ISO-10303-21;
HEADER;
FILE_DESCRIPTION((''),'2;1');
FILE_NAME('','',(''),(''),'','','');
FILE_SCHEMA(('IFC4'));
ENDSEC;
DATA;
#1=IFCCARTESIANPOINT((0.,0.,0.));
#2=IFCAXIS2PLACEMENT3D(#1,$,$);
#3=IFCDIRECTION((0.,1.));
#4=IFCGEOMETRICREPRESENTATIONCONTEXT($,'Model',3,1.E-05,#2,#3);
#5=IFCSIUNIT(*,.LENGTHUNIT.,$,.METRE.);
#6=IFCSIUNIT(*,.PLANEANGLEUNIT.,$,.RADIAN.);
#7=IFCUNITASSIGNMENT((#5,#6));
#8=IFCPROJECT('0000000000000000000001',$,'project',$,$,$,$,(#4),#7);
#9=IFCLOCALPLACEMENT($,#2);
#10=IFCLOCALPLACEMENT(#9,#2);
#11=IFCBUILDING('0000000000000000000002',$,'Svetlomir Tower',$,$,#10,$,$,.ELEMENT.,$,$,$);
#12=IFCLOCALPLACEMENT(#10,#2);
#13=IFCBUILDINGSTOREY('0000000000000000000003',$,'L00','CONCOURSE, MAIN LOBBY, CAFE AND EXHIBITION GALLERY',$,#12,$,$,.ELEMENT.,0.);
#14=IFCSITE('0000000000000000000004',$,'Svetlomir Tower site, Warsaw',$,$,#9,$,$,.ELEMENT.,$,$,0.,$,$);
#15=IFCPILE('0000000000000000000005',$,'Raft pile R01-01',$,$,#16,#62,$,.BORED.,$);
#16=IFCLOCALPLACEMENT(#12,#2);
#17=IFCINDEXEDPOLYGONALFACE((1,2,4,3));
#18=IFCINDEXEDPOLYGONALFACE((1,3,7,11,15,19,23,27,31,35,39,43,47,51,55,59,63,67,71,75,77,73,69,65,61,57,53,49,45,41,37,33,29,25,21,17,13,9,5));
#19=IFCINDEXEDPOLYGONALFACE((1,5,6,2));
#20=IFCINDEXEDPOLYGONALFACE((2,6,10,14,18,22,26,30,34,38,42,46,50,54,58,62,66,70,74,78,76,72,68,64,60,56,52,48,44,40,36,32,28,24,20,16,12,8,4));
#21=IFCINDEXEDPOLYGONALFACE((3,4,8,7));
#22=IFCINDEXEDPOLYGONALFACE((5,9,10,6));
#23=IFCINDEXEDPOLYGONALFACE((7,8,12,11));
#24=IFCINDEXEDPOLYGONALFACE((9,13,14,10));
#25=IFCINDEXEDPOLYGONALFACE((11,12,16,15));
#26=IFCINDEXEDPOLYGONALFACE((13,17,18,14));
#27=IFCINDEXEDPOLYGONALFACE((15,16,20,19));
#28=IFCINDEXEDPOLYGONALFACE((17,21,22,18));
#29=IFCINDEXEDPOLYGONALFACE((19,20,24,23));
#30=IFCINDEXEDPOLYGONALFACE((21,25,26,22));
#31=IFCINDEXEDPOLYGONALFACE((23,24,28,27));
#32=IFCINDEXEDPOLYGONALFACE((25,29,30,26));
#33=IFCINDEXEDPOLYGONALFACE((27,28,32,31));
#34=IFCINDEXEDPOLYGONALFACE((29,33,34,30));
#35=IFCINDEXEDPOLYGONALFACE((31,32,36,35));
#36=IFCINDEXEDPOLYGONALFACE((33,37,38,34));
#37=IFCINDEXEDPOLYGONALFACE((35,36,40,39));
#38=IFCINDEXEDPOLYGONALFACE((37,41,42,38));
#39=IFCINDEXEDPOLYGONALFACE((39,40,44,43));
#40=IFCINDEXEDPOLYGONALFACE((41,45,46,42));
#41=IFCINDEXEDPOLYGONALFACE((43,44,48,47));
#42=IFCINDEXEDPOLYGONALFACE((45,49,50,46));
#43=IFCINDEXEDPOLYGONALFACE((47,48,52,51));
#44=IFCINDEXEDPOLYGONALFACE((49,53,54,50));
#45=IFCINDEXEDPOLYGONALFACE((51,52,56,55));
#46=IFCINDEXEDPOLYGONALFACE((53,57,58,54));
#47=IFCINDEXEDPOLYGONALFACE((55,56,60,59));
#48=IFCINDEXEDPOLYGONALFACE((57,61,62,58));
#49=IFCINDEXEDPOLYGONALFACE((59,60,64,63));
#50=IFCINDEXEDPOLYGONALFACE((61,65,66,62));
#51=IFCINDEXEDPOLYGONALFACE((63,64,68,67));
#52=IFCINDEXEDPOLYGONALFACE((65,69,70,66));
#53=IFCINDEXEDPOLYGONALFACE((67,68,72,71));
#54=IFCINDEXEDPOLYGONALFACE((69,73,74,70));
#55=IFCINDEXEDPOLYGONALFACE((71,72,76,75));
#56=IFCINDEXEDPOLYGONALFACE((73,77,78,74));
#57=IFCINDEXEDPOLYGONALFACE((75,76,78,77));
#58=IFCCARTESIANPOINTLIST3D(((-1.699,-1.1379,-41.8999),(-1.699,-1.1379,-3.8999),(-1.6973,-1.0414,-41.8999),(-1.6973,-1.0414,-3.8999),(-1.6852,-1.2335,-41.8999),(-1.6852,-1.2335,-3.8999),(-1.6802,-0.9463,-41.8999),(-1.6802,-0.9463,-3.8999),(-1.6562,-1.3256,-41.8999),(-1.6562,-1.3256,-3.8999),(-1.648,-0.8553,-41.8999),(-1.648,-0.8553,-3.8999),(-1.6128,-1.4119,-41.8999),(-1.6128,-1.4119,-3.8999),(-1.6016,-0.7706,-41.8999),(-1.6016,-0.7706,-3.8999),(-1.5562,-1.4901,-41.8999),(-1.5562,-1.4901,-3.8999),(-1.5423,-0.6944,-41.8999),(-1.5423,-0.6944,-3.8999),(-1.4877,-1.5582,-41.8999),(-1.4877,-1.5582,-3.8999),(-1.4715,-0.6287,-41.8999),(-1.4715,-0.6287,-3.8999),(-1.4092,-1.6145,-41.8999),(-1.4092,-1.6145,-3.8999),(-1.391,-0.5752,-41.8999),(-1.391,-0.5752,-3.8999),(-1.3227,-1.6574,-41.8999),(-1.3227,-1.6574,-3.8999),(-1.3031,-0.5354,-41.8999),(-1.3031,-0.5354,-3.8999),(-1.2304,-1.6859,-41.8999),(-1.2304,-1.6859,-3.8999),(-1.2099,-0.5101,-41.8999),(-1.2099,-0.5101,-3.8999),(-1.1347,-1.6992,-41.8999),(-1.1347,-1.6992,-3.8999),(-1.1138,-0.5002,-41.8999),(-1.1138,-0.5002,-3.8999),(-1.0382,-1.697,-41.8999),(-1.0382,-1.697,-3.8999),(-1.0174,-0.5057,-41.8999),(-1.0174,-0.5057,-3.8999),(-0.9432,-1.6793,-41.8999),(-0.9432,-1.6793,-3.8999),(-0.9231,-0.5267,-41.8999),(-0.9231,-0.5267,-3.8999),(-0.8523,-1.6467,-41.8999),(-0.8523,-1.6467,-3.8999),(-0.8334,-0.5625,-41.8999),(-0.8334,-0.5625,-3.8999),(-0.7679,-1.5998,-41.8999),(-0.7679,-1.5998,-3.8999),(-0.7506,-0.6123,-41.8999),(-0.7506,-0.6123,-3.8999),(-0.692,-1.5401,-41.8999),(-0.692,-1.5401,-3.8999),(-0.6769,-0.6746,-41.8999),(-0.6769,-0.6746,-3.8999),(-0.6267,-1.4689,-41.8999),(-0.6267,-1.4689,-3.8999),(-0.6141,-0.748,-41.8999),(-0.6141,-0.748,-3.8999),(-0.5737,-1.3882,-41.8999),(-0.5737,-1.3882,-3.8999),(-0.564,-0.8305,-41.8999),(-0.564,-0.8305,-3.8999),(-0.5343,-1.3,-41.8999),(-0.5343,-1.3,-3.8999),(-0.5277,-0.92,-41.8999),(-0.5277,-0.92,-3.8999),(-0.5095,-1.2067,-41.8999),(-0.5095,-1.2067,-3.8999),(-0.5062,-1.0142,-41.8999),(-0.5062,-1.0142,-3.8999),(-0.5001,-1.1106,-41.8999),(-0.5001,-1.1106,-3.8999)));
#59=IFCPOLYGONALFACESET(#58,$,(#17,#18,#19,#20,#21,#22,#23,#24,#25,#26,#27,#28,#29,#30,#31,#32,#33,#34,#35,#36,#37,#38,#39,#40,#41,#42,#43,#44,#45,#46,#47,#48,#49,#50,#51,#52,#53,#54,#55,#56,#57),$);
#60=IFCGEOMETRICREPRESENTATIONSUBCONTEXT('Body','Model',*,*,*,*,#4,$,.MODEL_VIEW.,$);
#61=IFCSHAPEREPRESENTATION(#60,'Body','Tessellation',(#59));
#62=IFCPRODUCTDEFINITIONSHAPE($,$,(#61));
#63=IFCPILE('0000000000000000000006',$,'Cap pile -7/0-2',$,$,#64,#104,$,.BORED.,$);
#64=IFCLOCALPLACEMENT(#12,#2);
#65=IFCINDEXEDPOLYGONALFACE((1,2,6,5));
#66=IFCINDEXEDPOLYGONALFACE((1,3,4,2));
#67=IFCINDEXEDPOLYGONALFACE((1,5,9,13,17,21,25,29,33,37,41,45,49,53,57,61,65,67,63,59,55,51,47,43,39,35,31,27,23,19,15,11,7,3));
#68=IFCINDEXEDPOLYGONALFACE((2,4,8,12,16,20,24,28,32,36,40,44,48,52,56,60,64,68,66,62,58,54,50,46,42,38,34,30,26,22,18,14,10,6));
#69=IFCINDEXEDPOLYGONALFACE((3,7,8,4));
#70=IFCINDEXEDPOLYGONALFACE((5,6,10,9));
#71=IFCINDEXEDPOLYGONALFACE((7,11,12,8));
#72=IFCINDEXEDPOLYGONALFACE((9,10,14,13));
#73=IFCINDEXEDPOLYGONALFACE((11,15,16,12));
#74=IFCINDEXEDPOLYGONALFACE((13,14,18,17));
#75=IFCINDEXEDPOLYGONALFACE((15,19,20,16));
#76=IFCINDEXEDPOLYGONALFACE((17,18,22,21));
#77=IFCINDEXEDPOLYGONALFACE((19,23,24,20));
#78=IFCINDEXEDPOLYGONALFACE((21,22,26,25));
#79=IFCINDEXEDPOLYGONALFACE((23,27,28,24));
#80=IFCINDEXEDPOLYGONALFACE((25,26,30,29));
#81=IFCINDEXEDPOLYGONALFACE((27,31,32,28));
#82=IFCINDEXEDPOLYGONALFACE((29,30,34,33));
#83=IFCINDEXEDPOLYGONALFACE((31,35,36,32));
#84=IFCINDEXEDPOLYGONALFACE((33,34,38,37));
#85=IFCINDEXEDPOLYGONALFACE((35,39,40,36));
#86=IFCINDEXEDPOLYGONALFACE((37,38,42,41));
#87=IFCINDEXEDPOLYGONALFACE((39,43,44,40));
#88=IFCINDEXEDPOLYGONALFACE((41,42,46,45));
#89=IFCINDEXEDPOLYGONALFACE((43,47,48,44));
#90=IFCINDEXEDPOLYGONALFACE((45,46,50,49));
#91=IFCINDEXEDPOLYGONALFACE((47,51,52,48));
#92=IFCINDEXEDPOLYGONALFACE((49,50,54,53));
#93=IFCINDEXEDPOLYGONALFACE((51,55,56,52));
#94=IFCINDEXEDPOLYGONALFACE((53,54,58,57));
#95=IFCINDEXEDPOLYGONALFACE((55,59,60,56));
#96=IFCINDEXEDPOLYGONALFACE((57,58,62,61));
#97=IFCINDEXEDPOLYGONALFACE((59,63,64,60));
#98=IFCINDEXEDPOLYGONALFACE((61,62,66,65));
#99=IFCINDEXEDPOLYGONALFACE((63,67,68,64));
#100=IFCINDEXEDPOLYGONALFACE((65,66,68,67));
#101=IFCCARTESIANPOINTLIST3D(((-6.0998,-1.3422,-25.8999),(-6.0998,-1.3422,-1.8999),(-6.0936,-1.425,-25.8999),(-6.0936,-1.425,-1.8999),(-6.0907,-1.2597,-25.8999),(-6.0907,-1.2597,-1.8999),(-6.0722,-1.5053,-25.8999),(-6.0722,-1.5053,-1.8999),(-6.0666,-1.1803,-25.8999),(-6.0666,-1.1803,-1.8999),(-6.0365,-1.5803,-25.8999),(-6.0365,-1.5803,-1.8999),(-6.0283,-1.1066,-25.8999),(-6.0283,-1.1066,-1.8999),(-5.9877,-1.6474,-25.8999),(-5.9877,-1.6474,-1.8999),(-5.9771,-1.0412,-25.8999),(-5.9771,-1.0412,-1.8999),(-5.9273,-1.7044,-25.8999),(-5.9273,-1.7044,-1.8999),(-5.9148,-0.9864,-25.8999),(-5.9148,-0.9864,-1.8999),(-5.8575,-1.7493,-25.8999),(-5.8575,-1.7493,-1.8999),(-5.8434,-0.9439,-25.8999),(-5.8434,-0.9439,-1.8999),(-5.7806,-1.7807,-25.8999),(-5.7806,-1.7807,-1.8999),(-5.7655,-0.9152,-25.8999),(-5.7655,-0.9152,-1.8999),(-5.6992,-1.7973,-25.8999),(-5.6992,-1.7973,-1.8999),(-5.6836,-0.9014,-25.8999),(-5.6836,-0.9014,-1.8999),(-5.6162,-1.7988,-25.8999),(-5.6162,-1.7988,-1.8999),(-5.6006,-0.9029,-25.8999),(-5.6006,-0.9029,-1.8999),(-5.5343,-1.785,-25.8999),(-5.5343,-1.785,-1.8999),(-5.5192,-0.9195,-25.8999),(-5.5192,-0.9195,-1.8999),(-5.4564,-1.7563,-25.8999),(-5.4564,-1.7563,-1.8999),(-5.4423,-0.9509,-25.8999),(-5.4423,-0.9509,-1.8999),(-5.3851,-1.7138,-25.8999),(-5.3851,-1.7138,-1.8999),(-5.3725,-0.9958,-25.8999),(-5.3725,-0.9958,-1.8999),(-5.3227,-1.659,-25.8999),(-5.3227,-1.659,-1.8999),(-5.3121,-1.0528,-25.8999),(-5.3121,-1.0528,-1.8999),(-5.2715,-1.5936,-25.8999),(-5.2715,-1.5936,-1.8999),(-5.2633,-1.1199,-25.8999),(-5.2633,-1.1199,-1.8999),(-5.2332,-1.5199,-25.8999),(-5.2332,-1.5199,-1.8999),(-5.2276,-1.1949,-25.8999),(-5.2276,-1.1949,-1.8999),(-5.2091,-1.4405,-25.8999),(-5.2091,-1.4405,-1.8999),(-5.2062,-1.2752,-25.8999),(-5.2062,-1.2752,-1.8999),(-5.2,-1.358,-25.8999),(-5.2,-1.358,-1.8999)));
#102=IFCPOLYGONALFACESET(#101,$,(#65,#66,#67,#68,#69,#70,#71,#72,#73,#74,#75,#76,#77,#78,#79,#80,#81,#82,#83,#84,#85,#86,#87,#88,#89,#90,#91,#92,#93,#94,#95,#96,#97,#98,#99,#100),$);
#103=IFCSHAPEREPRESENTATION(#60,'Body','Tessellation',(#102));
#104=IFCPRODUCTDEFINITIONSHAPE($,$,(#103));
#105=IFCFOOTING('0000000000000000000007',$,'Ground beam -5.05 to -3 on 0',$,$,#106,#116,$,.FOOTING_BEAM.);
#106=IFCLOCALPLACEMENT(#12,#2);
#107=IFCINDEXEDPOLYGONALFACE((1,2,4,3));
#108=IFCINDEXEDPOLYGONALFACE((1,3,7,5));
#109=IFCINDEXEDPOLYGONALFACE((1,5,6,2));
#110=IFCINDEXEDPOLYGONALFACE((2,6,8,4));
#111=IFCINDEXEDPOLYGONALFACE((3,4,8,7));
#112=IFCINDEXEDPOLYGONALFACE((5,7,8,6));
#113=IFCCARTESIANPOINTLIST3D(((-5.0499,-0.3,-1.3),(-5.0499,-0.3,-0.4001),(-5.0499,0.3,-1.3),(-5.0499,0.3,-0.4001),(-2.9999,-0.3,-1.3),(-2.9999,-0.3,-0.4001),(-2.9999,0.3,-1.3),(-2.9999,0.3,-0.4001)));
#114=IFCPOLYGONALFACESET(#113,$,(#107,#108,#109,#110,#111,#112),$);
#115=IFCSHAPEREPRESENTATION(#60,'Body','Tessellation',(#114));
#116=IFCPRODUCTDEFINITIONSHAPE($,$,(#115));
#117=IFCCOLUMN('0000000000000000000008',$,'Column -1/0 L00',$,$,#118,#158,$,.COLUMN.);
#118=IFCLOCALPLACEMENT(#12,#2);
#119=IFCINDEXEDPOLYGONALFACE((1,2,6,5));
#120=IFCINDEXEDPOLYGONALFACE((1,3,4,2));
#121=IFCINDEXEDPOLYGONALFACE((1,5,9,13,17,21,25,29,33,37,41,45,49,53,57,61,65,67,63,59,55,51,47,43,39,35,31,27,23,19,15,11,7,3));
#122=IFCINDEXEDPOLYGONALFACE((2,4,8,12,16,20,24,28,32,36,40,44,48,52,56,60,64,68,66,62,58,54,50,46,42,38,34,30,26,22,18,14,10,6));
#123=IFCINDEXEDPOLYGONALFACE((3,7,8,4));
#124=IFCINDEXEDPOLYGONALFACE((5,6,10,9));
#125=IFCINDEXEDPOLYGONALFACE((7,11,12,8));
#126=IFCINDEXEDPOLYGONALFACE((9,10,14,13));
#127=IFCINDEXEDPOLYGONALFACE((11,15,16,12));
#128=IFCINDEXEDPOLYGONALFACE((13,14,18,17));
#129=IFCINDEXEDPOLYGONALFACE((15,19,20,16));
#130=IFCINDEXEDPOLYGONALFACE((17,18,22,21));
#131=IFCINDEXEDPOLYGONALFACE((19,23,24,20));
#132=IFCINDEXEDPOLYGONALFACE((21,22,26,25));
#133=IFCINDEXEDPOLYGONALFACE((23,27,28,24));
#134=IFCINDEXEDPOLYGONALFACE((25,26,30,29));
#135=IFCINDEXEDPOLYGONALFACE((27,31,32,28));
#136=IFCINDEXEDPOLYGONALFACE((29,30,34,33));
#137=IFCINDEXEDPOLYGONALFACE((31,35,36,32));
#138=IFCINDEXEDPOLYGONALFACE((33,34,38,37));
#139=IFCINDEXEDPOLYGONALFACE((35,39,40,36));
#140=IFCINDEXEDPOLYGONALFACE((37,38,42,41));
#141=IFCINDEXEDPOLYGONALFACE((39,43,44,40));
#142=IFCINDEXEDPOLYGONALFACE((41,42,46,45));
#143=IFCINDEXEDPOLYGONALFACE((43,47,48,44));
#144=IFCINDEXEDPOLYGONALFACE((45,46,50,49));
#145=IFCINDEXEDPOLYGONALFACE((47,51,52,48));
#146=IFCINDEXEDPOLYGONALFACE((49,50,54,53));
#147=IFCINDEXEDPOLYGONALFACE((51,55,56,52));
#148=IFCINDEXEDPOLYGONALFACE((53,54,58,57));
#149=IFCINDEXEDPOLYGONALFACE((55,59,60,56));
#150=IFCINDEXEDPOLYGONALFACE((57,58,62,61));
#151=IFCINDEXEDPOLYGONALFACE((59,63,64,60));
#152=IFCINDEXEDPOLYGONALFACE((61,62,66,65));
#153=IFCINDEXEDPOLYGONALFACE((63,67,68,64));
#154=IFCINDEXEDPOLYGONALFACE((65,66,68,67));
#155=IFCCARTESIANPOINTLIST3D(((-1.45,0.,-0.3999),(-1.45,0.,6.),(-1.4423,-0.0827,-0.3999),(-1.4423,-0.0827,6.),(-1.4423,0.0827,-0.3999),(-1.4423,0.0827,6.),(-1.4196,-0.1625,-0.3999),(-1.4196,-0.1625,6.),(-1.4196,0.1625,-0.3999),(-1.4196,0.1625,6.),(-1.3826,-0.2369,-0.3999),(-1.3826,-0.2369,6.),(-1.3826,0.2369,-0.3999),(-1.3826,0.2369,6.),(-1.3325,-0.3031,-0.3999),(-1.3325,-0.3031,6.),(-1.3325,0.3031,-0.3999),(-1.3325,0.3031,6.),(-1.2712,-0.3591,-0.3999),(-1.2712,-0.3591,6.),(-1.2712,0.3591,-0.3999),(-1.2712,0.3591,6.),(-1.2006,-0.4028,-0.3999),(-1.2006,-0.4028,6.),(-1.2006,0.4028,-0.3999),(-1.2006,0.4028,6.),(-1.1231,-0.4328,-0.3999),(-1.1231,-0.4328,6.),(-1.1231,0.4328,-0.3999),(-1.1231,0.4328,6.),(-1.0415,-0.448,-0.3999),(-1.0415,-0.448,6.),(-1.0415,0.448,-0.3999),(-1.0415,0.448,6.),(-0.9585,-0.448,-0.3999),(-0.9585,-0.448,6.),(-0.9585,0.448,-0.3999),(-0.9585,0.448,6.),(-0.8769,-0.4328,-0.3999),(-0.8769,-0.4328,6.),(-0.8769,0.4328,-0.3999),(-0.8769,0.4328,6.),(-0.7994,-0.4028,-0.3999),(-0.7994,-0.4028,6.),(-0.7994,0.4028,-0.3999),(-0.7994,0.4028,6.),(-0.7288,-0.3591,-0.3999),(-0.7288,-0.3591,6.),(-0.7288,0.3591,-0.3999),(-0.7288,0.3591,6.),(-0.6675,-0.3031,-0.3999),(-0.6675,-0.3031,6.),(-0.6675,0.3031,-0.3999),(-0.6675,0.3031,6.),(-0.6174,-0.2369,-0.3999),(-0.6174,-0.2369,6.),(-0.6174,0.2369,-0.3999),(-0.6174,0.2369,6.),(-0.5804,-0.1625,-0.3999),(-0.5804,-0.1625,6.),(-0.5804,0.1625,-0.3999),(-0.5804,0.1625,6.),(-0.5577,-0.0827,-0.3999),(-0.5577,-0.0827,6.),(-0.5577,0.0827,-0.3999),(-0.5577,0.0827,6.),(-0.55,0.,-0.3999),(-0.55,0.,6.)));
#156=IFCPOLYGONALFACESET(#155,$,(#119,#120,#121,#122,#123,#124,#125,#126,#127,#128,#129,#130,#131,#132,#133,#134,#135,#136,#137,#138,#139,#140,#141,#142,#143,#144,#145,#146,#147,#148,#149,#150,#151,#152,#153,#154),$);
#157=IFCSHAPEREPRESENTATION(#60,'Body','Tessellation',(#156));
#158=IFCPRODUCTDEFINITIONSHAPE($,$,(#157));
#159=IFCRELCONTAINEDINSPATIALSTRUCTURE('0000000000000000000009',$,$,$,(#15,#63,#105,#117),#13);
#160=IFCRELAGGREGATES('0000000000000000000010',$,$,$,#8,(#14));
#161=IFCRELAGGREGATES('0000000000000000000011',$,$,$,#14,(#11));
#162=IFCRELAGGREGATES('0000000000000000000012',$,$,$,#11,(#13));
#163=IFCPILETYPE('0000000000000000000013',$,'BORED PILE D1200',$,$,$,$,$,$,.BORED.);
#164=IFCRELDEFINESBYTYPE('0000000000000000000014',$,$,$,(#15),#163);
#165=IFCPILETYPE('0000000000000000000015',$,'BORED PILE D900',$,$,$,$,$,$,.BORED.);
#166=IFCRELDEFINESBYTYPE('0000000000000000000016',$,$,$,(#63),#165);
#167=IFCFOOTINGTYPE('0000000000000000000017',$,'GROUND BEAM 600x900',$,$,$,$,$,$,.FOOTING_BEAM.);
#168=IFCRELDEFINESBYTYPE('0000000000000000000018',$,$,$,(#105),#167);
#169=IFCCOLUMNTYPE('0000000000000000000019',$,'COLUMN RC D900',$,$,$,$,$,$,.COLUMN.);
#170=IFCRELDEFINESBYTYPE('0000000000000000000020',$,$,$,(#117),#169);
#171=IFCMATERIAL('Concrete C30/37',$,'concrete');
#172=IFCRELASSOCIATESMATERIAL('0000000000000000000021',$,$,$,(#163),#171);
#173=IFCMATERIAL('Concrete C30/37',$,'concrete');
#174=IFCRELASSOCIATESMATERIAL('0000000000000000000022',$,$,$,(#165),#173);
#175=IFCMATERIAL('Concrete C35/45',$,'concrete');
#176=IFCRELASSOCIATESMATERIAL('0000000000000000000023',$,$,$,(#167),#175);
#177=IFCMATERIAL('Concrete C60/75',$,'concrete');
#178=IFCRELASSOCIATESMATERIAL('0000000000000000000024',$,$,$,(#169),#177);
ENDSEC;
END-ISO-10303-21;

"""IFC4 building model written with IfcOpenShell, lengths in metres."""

from ifc_helpers import new_model, si_unit, direction, frame, frame_2d, origin, origin_2d, place, context, subcontext, project, spatial, rectangle, circle, extrude, material, material_profile, profile_set, type_object, element, save


model = new_model("IFC4")

# Units and contexts
model_context = context("Model", 3, precision=1e-05, world=origin(), true_north=direction((0.0, 1.0)))
body_context = subcontext(model_context, "Body", "Model", "MODEL_VIEW")
ifc_project = project(units=[si_unit("LENGTHUNIT", "METRE"), si_unit("PLANEANGLEUNIT", "RADIAN")], contexts=[model_context])

# Site, building, storey
site_placement = place(None, origin())
site = spatial("IfcSite", under=ifc_project, at=site_placement, Name="Svetlomir Tower site, Warsaw", CompositionType="ELEMENT", RefElevation=0.0)
building_placement = place(site_placement, origin())
building = spatial("IfcBuilding", under=site, at=building_placement, Name="Svetlomir Tower", CompositionType="ELEMENT")
storey_placement = place(building_placement, origin())
storey = spatial("IfcBuildingStorey", under=building, at=storey_placement, Name="L00", Description="CONCOURSE, MAIN LOBBY, CAFE AND EXHIBITION GALLERY", CompositionType="ELEMENT", Elevation=0.0)

# Piles
ifc_material_1 = material(Name="Concrete C30/37", Category="concrete")
ifc_material_profile_1 = material_profile(ifc_material_1, circle(Radius=0.6001, at=origin_2d()), Name="D1200")
ifc_profile_set_1 = profile_set([ifc_material_profile_1], Name="Concrete C30/37")
pile_type_1 = type_object("IfcPileType", Name="BORED PILE D1200", PredefinedType="BORED", material=ifc_profile_set_1)
pile_1_placement = place(storey_placement, frame((-1.1001, -1.1001, -3.8999), z_axis=(0.0, 0.0, -1.0), x_axis=(1.0, 0.0, 0.0)))
element("IfcPile", 1, at=pile_1_placement, inside=storey, type_object=pile_type_1, Name="Raft pile R01-01", PredefinedType="BORED", context=body_context, shape_type="SweptSolid", body=[
    extrude(circle(Radius=0.6001, at=frame_2d((0.0, 0.0), x_axis=(0.999848, 0.017452))), origin(), (0.0, 0.0, 1.0), 38.0),
])
ifc_material_2 = material(Name="Concrete C30/37", Category="concrete")
ifc_material_profile_2 = material_profile(ifc_material_2, circle(Radius=0.45, at=origin_2d()), Name="RC D900")
ifc_profile_set_2 = profile_set([ifc_material_profile_2], Name="Concrete C30/37")
pile_type_2 = type_object("IfcPileType", Name="BORED PILE D900", PredefinedType="BORED", material=ifc_profile_set_2)
pile_2_placement = place(storey_placement, frame((-5.6499, -1.3501, -1.8999), z_axis=(0.0, 0.0, -1.0), x_axis=(1.0, 0.0, 0.0)))
element("IfcPile", 2, at=pile_2_placement, inside=storey, type_object=pile_type_2, Name="Cap pile -7/0-2", PredefinedType="BORED", context=body_context, shape_type="SweptSolid", body=[
    extrude(circle(Radius=0.45, at=frame_2d((0.0, 0.0), x_axis=(0.999848, 0.017452))), origin(), (0.0, 0.0, 1.0), 24.0),
])

# Footing
ifc_material_3 = material(Name="Concrete C35/45", Category="concrete")
footing_type = type_object("IfcFootingType", Name="GROUND BEAM 600x900", PredefinedType="FOOTING_BEAM", material=ifc_material_3)
footing_placement = place(storey_placement, frame((-4.0249, 0.0, -1.3), z_axis=(0.0, 0.0, 1.0), x_axis=(1.0, 0.0, 0.0)))
element("IfcFooting", 3, at=footing_placement, inside=storey, type_object=footing_type, Name="Ground beam -5.05 to -3 on 0", PredefinedType="FOOTING_BEAM", context=body_context, shape_type="SweptSolid", body=[
    extrude(rectangle(XDim=2.05, YDim=0.6001, at=origin_2d()), origin(), (0.0, 0.0, 1.0), 0.8999),
])

# Column
ifc_material_4 = material(Name="Concrete C60/75", Category="concrete")
ifc_material_profile_3 = material_profile(ifc_material_4, circle(Radius=0.45, at=origin_2d()), Name="RC D900")
ifc_profile_set_3 = profile_set([ifc_material_profile_3], Name="Concrete C60/75")
column_type = type_object("IfcColumnType", Name="COLUMN RC D900", PredefinedType="COLUMN", material=ifc_profile_set_3)
column_placement = place(storey_placement, frame((-1.0, 0.0, -0.3999), z_axis=(0.0, 0.0, 1.0), x_axis=(1.0, 0.0, 0.0)))
element("IfcColumn", 4, at=column_placement, inside=storey, type_object=column_type, Name="Column -1/0 L00", PredefinedType="COLUMN", context=body_context, shape_type="SweptSolid", body=[
    extrude(circle(Radius=0.45, at=origin_2d()), origin(), (0.0, 0.0, 1.0), 6.3999),
])

save(model, "model.ifc")
